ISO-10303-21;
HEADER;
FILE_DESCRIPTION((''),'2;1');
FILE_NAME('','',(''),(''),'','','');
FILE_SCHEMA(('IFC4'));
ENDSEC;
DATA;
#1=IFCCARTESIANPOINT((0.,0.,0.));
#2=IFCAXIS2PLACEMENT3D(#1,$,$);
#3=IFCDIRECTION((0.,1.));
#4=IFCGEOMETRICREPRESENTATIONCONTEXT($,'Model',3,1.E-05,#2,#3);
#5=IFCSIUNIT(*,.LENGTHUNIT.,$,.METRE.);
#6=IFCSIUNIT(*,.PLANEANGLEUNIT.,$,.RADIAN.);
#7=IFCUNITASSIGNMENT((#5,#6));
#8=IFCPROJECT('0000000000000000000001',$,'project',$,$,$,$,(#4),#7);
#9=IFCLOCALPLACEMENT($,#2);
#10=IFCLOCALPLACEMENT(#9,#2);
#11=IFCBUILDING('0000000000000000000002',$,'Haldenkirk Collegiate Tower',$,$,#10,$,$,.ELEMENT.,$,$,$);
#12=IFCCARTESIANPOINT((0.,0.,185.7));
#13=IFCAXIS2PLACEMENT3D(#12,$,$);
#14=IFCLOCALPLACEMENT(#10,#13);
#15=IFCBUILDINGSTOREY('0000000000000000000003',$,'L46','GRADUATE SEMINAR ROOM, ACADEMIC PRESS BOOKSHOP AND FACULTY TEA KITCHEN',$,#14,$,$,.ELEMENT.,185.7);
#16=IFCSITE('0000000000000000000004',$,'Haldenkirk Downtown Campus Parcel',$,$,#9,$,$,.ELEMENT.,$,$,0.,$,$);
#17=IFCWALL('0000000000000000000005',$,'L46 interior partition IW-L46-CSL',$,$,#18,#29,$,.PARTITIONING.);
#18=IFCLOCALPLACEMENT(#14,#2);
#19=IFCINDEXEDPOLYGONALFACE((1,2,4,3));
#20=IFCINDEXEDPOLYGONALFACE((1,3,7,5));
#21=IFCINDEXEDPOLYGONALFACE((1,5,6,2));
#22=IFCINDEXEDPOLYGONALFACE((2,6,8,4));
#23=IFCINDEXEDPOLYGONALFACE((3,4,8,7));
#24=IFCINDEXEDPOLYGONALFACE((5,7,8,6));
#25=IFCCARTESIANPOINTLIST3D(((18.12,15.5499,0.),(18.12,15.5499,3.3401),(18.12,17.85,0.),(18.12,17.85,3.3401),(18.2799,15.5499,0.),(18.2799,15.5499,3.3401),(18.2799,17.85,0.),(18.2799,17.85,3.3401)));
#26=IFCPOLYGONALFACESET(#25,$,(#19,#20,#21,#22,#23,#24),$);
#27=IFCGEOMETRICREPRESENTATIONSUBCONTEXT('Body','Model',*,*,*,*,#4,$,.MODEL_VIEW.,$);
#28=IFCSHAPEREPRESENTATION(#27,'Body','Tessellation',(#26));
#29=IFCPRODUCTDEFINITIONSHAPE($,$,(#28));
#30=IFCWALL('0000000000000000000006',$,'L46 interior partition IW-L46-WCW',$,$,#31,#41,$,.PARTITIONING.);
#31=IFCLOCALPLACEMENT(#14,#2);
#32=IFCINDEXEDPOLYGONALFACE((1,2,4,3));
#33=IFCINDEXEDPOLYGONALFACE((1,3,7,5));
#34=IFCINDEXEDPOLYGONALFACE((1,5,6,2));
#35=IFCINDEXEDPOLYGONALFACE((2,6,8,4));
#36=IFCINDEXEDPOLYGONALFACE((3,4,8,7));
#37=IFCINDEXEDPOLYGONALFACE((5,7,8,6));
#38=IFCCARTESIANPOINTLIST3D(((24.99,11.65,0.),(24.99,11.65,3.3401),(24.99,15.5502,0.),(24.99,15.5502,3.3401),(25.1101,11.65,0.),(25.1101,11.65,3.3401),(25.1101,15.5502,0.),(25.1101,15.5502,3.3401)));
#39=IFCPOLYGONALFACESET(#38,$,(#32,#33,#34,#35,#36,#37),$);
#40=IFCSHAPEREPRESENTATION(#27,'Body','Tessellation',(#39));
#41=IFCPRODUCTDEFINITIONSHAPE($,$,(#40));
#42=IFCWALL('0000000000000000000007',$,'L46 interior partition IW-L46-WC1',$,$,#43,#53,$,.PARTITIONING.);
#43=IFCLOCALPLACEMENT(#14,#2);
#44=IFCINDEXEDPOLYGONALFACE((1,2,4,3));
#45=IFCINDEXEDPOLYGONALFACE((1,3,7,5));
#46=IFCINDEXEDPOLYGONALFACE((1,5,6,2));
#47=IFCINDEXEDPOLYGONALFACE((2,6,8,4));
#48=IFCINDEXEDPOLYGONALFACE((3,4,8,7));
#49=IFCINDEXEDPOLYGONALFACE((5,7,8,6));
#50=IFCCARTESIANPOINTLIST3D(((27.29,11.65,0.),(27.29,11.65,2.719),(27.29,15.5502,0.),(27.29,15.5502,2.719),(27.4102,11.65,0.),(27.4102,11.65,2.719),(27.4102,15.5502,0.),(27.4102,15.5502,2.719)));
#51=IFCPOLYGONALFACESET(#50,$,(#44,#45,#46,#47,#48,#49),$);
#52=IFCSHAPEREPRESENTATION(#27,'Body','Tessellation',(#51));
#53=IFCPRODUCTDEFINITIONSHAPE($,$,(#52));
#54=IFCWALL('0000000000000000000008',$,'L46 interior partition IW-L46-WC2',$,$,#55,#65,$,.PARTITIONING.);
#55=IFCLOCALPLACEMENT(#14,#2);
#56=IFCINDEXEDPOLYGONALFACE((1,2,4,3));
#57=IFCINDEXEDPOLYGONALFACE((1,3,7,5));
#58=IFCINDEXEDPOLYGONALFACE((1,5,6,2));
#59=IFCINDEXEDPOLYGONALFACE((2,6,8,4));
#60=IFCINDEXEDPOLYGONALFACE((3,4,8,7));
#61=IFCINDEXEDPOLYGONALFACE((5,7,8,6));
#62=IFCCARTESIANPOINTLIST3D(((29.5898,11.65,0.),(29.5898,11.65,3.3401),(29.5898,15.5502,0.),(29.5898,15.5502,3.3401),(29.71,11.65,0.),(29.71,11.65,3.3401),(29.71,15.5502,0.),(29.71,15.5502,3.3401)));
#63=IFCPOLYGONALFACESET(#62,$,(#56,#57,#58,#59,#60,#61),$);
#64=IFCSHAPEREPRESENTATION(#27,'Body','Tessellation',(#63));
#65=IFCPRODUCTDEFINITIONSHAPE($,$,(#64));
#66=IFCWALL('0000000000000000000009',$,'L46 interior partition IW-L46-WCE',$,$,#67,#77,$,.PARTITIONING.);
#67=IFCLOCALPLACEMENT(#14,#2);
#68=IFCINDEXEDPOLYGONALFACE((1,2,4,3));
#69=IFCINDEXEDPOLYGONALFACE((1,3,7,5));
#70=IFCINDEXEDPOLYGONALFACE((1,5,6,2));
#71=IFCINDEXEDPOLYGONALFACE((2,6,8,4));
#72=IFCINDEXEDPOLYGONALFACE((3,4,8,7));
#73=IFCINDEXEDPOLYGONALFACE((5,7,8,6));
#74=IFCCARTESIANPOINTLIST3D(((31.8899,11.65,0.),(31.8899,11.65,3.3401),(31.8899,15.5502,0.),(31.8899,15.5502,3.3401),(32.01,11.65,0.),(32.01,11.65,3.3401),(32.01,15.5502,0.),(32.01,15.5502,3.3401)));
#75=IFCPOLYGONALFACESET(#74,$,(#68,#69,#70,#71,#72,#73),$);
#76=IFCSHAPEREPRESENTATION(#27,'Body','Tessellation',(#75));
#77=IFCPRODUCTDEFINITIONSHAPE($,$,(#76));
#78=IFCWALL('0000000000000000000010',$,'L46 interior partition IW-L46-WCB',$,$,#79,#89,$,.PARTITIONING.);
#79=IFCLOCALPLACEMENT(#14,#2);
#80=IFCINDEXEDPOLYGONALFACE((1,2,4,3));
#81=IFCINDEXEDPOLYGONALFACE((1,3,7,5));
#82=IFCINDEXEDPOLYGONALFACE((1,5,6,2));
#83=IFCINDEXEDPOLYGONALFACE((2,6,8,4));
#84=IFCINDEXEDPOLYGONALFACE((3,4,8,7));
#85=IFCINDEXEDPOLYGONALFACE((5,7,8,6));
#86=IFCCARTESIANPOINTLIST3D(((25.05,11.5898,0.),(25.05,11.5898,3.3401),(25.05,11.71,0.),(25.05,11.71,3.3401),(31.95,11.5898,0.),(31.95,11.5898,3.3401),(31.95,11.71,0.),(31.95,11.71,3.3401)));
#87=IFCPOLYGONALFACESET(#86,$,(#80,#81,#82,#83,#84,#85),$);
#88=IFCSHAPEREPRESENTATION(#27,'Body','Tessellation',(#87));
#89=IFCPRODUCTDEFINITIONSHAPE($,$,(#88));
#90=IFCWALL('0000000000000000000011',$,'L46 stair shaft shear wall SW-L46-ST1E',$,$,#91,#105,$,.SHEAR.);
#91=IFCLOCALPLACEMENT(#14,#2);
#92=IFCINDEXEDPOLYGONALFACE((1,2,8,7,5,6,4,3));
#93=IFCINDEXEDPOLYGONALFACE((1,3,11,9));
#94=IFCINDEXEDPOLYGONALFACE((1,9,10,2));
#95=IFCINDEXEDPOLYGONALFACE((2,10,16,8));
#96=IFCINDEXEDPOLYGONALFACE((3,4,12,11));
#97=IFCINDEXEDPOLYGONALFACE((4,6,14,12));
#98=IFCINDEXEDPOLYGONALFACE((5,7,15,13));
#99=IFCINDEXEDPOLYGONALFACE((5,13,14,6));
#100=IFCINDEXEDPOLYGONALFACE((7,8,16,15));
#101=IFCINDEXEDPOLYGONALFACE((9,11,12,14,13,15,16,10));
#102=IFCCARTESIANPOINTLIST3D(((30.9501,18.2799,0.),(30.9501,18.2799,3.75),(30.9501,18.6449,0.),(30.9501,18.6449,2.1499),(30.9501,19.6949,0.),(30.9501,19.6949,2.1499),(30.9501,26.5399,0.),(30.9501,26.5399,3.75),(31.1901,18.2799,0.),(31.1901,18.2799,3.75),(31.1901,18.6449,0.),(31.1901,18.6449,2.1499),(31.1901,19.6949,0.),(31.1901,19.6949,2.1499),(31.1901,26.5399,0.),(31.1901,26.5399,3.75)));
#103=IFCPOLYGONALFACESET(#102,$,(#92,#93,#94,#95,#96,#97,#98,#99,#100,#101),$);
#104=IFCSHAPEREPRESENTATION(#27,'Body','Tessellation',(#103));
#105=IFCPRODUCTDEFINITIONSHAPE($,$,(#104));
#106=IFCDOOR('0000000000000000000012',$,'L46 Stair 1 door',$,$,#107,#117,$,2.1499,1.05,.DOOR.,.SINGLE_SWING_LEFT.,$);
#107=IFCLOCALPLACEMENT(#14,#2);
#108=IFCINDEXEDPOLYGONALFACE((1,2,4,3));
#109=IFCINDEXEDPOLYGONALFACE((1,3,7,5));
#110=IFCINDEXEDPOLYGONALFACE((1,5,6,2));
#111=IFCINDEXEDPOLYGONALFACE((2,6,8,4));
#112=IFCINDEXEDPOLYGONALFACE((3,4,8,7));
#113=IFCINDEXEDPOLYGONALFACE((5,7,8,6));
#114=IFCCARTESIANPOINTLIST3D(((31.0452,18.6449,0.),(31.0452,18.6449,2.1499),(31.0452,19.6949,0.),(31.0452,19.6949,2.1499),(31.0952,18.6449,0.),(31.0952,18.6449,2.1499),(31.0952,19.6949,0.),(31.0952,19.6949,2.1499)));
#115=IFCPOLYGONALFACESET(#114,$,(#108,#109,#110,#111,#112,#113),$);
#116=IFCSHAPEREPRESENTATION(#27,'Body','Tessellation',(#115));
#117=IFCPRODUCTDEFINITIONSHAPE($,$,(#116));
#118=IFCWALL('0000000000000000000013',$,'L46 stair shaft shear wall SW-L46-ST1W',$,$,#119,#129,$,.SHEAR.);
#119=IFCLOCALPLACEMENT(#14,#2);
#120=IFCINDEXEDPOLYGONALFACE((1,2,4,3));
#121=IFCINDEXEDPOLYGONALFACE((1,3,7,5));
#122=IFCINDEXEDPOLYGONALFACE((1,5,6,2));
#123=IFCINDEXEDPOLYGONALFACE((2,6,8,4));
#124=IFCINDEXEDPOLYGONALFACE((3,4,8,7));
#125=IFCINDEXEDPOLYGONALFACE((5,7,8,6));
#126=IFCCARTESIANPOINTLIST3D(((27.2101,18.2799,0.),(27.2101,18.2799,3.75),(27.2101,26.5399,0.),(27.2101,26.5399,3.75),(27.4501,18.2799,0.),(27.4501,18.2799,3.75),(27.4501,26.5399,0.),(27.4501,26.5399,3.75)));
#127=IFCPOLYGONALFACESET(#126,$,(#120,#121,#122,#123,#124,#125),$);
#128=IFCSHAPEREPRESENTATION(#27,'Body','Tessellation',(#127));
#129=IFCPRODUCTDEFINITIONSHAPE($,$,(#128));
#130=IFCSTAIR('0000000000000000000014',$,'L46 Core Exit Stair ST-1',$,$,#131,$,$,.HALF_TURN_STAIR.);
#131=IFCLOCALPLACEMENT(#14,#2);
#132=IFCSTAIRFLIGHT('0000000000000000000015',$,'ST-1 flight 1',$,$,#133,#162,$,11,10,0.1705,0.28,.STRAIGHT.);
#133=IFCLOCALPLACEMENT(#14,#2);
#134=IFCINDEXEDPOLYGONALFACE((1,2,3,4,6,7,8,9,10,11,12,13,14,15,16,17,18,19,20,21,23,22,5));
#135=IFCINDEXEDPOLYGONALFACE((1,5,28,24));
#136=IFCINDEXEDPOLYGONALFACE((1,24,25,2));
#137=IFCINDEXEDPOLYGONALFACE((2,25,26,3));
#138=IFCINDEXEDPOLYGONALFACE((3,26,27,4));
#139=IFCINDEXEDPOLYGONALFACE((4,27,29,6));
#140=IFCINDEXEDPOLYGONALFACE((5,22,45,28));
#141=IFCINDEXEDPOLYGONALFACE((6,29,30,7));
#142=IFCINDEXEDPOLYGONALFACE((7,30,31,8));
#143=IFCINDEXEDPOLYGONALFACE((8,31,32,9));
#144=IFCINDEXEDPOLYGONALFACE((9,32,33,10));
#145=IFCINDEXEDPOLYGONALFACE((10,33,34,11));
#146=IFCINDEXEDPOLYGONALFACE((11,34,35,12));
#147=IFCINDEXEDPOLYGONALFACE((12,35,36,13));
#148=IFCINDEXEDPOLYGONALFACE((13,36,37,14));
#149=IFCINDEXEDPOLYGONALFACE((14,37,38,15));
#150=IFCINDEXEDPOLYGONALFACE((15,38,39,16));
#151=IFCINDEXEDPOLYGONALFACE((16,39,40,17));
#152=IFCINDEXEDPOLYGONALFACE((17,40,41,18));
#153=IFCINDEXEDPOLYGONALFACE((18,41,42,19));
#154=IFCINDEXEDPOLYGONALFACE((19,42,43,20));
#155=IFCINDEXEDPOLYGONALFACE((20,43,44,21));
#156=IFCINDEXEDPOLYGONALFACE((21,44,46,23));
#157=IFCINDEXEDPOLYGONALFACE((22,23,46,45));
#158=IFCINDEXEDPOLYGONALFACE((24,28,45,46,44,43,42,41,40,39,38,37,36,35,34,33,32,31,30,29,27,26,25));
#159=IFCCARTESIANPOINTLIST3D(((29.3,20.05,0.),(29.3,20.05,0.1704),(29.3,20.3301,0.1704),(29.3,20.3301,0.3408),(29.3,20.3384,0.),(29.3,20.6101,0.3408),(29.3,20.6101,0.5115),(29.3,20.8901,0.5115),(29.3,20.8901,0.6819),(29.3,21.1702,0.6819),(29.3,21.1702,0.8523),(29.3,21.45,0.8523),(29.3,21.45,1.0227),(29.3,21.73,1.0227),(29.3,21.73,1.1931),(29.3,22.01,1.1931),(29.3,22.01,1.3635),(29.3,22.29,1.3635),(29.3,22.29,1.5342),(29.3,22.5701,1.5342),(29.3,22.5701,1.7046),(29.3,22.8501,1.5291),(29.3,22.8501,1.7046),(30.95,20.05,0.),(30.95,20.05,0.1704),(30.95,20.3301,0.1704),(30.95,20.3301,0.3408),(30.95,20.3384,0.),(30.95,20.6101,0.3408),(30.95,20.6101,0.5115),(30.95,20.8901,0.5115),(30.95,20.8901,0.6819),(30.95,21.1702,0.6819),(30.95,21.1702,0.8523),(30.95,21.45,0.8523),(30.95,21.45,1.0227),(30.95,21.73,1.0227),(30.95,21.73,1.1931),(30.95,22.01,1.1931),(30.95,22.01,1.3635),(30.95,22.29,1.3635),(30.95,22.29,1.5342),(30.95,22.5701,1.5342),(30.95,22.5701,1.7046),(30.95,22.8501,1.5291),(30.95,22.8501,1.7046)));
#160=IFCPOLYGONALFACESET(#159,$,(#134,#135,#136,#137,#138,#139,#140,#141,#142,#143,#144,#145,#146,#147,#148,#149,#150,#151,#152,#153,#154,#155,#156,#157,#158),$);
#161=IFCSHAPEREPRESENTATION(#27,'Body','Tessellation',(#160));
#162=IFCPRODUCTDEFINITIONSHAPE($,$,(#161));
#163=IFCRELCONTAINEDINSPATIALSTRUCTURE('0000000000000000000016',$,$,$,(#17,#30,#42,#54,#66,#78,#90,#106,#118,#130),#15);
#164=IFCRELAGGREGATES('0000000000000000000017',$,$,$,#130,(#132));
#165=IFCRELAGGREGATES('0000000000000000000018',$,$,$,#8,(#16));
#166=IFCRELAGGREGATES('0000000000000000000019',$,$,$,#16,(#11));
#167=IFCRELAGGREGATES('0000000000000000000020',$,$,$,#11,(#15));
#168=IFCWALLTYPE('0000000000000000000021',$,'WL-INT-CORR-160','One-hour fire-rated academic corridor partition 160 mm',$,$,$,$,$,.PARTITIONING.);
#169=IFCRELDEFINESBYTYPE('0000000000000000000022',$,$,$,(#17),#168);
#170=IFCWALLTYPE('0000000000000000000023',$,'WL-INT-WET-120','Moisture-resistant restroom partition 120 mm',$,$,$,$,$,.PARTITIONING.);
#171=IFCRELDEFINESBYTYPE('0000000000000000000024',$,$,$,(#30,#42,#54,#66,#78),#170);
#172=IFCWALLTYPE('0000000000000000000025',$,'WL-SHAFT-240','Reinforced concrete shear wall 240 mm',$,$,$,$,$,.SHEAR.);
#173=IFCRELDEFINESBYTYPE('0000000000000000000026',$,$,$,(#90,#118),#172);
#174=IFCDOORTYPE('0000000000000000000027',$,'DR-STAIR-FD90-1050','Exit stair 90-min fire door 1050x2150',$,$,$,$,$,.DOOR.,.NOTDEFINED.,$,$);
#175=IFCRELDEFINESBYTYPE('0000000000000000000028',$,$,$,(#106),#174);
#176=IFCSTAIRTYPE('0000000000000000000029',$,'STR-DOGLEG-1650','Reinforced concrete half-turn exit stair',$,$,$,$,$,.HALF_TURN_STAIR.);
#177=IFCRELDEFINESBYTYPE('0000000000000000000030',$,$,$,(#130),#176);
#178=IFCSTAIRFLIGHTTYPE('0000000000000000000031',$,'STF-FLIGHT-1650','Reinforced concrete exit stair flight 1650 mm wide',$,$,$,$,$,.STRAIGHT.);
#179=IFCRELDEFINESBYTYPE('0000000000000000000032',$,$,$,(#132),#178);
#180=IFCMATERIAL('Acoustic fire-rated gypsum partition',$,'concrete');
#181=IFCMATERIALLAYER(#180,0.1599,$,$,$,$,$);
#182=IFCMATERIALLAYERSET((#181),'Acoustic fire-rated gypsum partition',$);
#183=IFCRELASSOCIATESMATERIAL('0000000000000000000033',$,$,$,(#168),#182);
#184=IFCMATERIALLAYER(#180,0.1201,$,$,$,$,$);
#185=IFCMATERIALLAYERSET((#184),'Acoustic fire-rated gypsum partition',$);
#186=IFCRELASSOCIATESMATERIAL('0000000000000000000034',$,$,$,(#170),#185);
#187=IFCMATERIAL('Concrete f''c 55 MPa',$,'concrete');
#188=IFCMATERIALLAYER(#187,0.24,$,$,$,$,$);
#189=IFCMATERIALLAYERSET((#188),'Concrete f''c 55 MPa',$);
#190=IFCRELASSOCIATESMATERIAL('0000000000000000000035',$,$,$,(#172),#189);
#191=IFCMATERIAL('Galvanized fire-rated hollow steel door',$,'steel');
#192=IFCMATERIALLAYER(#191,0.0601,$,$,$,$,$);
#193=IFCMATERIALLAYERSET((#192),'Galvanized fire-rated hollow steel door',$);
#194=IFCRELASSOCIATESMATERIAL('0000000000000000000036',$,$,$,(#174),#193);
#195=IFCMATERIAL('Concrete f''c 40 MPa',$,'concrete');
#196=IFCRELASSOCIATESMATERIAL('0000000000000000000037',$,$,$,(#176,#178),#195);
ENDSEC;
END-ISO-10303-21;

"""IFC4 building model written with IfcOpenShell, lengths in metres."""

from ifc_helpers import new_model, si_unit, direction, frame, frame_2d, origin, place, context, subcontext, project, spatial, polyline, rectangle, outline, extrude, material, layer, layer_set, type_object, element, fill, aggregate, save


model = new_model("IFC4")

# Units and contexts
model_context = context("Model", 3, precision=1e-05, world=origin(), true_north=direction((0.0, 1.0)))
body_context = subcontext(model_context, "Body", "Model", "MODEL_VIEW")
ifc_project = project(units=[si_unit("LENGTHUNIT", "METRE"), si_unit("PLANEANGLEUNIT", "RADIAN")], contexts=[model_context])

# Site, building, storey
site_placement = place(None, origin())
site = spatial("IfcSite", under=ifc_project, at=site_placement, Name="Haldenkirk Downtown Campus Parcel", CompositionType="ELEMENT", RefElevation=0.0)
building_placement = place(site_placement, origin())
building = spatial("IfcBuilding", under=site, at=building_placement, Name="Haldenkirk Collegiate Tower", CompositionType="ELEMENT")
storey_placement = place(building_placement, frame((0.0, 0.0, 185.7)))
storey = spatial("IfcBuildingStorey", under=building, at=storey_placement, Name="L46", Description="GRADUATE SEMINAR ROOM, ACADEMIC PRESS BOOKSHOP AND FACULTY TEA KITCHEN", CompositionType="ELEMENT", Elevation=185.7)

# Shared definitions
ifc_material_1 = material(Name="Concrete f'c 55 MPa", Category="concrete")
ifc_material_2 = material(Name="Galvanized fire-rated hollow steel door", Category="steel")

# Shared definitions
ifc_material_3 = material(Name="Acoustic fire-rated gypsum partition", Category="concrete")
ifc_layer_1 = layer(ifc_material_3, 0.1599)
ifc_layer_set_1 = layer_set([ifc_layer_1], Name="Acoustic fire-rated gypsum partition")
wall_type_1 = type_object("IfcWallType", Name="WL-INT-CORR-160", Description="One-hour fire-rated academic corridor partition 160 mm", PredefinedType="PARTITIONING", material=ifc_layer_set_1)

# Walls
wall_1_placement = place(storey_placement, frame((18.2, 15.55, 0.0), z_axis=(0.0, 0.0, 1.0), x_axis=(0.0, 1.0, 0.0)))
element("IfcWall", 1, at=wall_1_placement, inside=storey, type_object=wall_type_1, Name="L46 interior partition IW-L46-CSL", PredefinedType="PARTITIONING", context=body_context, shape_type="SweptSolid", body=[
    extrude(rectangle(XDim=2.3, YDim=0.1599, at=frame_2d((1.1499, 0.0))), origin(), (0.0, 0.0, 1.0), 3.3401),
])
ifc_layer_2 = layer(ifc_material_3, 0.1201)
ifc_layer_set_2 = layer_set([ifc_layer_2], Name="Acoustic fire-rated gypsum partition")
wall_type_2 = type_object("IfcWallType", Name="WL-INT-WET-120", Description="Moisture-resistant restroom partition 120 mm", PredefinedType="PARTITIONING", material=ifc_layer_set_2)
wall_2_placement = place(storey_placement, frame((25.05, 11.6499, 0.0), z_axis=(0.0, 0.0, 1.0), x_axis=(0.0, 1.0, 0.0)))
element("IfcWall", 2, at=wall_2_placement, inside=storey, type_object=wall_type_2, Name="L46 interior partition IW-L46-WCW", PredefinedType="PARTITIONING", context=body_context, shape_type="SweptSolid", body=[
    extrude(rectangle(XDim=3.9001, YDim=0.1201, at=frame_2d((1.9502, 0.0))), origin(), (0.0, 0.0, 1.0), 3.3401),
])
wall_3_placement = place(storey_placement, frame((27.3501, 11.6499, 0.0), z_axis=(0.0, 0.0, 1.0), x_axis=(0.0, 1.0, 0.0)))
element("IfcWall", 3, at=wall_3_placement, inside=storey, type_object=wall_type_2, Name="L46 interior partition IW-L46-WC1", PredefinedType="PARTITIONING", context=body_context, shape_type="SweptSolid", body=[
    extrude(rectangle(XDim=3.9001, YDim=0.1201, at=frame_2d((1.9502, 0.0))), origin(), (0.0, 0.0, 1.0), 2.719),
])
for number, where, z_axis, x_axis, name in (
    (4, (29.6499, 11.6499, 0.0), (0.0, 0.0, 1.0), (0.0, 1.0, 0.0), "L46 interior partition IW-L46-WC2"),
    (5, (31.95, 11.6499, 0.0), (0.0, 0.0, 1.0), (0.0, 1.0, 0.0), "L46 interior partition IW-L46-WCE"),
):
    element("IfcWall", number, at=place(storey_placement, frame(where, z_axis=z_axis, x_axis=x_axis)), inside=storey, type_object=wall_type_2, Name=name, PredefinedType="PARTITIONING", context=body_context, shape_type="SweptSolid", body=[
        extrude(rectangle(XDim=3.9001, YDim=0.1201, at=frame_2d((1.9502, 0.0))), origin(), (0.0, 0.0, 1.0), 3.3401),
    ])
wall_4_placement = place(storey_placement, frame((25.05, 11.6499, 0.0), z_axis=(0.0, 0.0, 1.0), x_axis=(1.0, 0.0, 0.0)))
element("IfcWall", 6, at=wall_4_placement, inside=storey, type_object=wall_type_2, Name="L46 interior partition IW-L46-WCB", PredefinedType="PARTITIONING", context=body_context, shape_type="SweptSolid", body=[
    extrude(rectangle(XDim=6.8999, YDim=0.1201, at=frame_2d((3.45, 0.0))), origin(), (0.0, 0.0, 1.0), 3.3401),
])

# Wall, opening, door
ifc_layer_3 = layer(ifc_material_1, 0.24)
ifc_layer_set_3 = layer_set([ifc_layer_3], Name="Concrete f'c 55 MPa")
wall_type_3 = type_object("IfcWallType", Name="WL-SHAFT-240", Description="Reinforced concrete shear wall 240 mm", PredefinedType="SHEAR", material=ifc_layer_set_3)
wall_5_placement = place(storey_placement, frame((31.0701, 18.28, 0.0), z_axis=(0.0, 0.0, 1.0), x_axis=(0.0, 1.0, 0.0)))
wall_5 = element("IfcWall", 7, at=wall_5_placement, inside=storey, type_object=wall_type_3, Name="L46 stair shaft shear wall SW-L46-ST1E", PredefinedType="SHEAR", context=body_context, shape_type="SweptSolid", body=[
    extrude(rectangle(XDim=8.26, YDim=0.24, at=frame_2d((4.1299, 0.0))), origin(), (0.0, 0.0, 1.0), 3.75),
])
opening_1_placement = place(wall_5_placement, frame((0.365, 0.0, 0.0)))
opening_1 = element("IfcOpeningElement", 8, at=opening_1_placement, cuts=wall_5, PredefinedType="OPENING", context=body_context, shape_type="SweptSolid", body=[
    extrude(rectangle(XDim=1.05, YDim=2.1499, at=frame_2d((0.5249, 1.075))), frame((0.0, 0.1299, 0.0), z_axis=(0.0, -1.0, 0.0), x_axis=(1.0, 0.0, 0.0)), (0.0, 0.0, 1.0), 0.26),
])
ifc_layer_4 = layer(ifc_material_2, 0.0601)
ifc_layer_set_4 = layer_set([ifc_layer_4], Name="Galvanized fire-rated hollow steel door")
door_type_1 = type_object("IfcDoorType", Name="DR-STAIR-FD90-1050", Description="Exit stair 90-min fire door 1050x2150", OperationType="NOTDEFINED", PredefinedType="DOOR", material=ifc_layer_set_4)
door_1_placement = place(opening_1_placement, origin())
door_1 = element("IfcDoor", 9, at=door_1_placement, inside=storey, type_object=door_type_1, Name="L46 Stair 1 door", OperationType="SINGLE_SWING_LEFT", OverallHeight=2.1499, OverallWidth=1.05, PredefinedType="DOOR", context=body_context, shape_type="SweptSolid", body=[
    extrude(rectangle(XDim=1.05, YDim=2.1499, at=frame_2d((0.5249, 1.075))), frame((0.0, 0.0249, 0.0), z_axis=(0.0, -1.0, 0.0), x_axis=(1.0, 0.0, 0.0)), (0.0, 0.0, 1.0), 0.05),
])
fill(opening_1, door_1)

# Wall
wall_6_placement = place(storey_placement, frame((27.3301, 18.28, 0.0), z_axis=(0.0, 0.0, 1.0), x_axis=(0.0, 1.0, 0.0)))
element("IfcWall", 10, at=wall_6_placement, inside=storey, type_object=wall_type_3, Name="L46 stair shaft shear wall SW-L46-ST1W", PredefinedType="SHEAR", context=body_context, shape_type="SweptSolid", body=[
    extrude(rectangle(XDim=8.26, YDim=0.24, at=frame_2d((4.1299, 0.0))), origin(), (0.0, 0.0, 1.0), 3.75),
])

# Stair, stair flight
ifc_material_4 = material(Name="Concrete f'c 40 MPa", Category="concrete")
stair_type = type_object("IfcStairType", Name="STR-DOGLEG-1650", Description="Reinforced concrete half-turn exit stair", PredefinedType="HALF_TURN_STAIR", material=ifc_material_4)
stair_placement = place(storey_placement, origin())
stair = element("IfcStair", 11, at=stair_placement, inside=storey, type_object=stair_type, Name="L46 Core Exit Stair ST-1", PredefinedType="HALF_TURN_STAIR")
stair_flight_type = type_object("IfcStairFlightType", Name="STF-FLIGHT-1650", Description="Reinforced concrete exit stair flight 1650 mm wide", PredefinedType="STRAIGHT", material=ifc_material_4)
stair_flight_placement = place(storey_placement, frame((30.125, 20.05, 0.0), z_axis=(0.0, 0.0, 1.0), x_axis=(0.0, 1.0, 0.0)))
stair_flight = element("IfcStairFlight", 12, at=stair_flight_placement, type_object=stair_flight_type, Name="ST-1 flight 1", NumberOfRisers=11, NumberOfTreads=10, PredefinedType="STRAIGHT", RiserHeight=0.1705, TreadLength=0.28, context=body_context, shape_type="SweptSolid", body=[
    extrude(outline(polyline([(0.0, 0.0), (0.0, 0.1704), (0.28, 0.1704), (0.28, 0.3408), (0.5601, 0.3408), (0.5601, 0.5115), (0.8401, 0.5115), (0.8401, 0.6819), (1.1201, 0.6819), (1.1201, 0.8523), (1.3999, 0.8523), (1.3999, 1.0227), (1.6799, 1.0227), (1.6799, 1.1931), (1.96, 1.1931), (1.96, 1.3635), (2.24, 1.3635), (2.24, 1.5342), (2.52, 1.5342), (2.52, 1.7046), (2.8, 1.7046), (2.8, 1.875), (2.8, 1.5291), (0.2883, 0.0), (0.0, 0.0)])), frame((0.0, 0.825, 0.0), z_axis=(0.0, -1.0, 0.0), x_axis=(1.0, 0.0, 0.0)), (0.0, 0.0, 1.0), 1.6499),
])
aggregate(stair, [stair_flight])

save(model, "model.ifc")
